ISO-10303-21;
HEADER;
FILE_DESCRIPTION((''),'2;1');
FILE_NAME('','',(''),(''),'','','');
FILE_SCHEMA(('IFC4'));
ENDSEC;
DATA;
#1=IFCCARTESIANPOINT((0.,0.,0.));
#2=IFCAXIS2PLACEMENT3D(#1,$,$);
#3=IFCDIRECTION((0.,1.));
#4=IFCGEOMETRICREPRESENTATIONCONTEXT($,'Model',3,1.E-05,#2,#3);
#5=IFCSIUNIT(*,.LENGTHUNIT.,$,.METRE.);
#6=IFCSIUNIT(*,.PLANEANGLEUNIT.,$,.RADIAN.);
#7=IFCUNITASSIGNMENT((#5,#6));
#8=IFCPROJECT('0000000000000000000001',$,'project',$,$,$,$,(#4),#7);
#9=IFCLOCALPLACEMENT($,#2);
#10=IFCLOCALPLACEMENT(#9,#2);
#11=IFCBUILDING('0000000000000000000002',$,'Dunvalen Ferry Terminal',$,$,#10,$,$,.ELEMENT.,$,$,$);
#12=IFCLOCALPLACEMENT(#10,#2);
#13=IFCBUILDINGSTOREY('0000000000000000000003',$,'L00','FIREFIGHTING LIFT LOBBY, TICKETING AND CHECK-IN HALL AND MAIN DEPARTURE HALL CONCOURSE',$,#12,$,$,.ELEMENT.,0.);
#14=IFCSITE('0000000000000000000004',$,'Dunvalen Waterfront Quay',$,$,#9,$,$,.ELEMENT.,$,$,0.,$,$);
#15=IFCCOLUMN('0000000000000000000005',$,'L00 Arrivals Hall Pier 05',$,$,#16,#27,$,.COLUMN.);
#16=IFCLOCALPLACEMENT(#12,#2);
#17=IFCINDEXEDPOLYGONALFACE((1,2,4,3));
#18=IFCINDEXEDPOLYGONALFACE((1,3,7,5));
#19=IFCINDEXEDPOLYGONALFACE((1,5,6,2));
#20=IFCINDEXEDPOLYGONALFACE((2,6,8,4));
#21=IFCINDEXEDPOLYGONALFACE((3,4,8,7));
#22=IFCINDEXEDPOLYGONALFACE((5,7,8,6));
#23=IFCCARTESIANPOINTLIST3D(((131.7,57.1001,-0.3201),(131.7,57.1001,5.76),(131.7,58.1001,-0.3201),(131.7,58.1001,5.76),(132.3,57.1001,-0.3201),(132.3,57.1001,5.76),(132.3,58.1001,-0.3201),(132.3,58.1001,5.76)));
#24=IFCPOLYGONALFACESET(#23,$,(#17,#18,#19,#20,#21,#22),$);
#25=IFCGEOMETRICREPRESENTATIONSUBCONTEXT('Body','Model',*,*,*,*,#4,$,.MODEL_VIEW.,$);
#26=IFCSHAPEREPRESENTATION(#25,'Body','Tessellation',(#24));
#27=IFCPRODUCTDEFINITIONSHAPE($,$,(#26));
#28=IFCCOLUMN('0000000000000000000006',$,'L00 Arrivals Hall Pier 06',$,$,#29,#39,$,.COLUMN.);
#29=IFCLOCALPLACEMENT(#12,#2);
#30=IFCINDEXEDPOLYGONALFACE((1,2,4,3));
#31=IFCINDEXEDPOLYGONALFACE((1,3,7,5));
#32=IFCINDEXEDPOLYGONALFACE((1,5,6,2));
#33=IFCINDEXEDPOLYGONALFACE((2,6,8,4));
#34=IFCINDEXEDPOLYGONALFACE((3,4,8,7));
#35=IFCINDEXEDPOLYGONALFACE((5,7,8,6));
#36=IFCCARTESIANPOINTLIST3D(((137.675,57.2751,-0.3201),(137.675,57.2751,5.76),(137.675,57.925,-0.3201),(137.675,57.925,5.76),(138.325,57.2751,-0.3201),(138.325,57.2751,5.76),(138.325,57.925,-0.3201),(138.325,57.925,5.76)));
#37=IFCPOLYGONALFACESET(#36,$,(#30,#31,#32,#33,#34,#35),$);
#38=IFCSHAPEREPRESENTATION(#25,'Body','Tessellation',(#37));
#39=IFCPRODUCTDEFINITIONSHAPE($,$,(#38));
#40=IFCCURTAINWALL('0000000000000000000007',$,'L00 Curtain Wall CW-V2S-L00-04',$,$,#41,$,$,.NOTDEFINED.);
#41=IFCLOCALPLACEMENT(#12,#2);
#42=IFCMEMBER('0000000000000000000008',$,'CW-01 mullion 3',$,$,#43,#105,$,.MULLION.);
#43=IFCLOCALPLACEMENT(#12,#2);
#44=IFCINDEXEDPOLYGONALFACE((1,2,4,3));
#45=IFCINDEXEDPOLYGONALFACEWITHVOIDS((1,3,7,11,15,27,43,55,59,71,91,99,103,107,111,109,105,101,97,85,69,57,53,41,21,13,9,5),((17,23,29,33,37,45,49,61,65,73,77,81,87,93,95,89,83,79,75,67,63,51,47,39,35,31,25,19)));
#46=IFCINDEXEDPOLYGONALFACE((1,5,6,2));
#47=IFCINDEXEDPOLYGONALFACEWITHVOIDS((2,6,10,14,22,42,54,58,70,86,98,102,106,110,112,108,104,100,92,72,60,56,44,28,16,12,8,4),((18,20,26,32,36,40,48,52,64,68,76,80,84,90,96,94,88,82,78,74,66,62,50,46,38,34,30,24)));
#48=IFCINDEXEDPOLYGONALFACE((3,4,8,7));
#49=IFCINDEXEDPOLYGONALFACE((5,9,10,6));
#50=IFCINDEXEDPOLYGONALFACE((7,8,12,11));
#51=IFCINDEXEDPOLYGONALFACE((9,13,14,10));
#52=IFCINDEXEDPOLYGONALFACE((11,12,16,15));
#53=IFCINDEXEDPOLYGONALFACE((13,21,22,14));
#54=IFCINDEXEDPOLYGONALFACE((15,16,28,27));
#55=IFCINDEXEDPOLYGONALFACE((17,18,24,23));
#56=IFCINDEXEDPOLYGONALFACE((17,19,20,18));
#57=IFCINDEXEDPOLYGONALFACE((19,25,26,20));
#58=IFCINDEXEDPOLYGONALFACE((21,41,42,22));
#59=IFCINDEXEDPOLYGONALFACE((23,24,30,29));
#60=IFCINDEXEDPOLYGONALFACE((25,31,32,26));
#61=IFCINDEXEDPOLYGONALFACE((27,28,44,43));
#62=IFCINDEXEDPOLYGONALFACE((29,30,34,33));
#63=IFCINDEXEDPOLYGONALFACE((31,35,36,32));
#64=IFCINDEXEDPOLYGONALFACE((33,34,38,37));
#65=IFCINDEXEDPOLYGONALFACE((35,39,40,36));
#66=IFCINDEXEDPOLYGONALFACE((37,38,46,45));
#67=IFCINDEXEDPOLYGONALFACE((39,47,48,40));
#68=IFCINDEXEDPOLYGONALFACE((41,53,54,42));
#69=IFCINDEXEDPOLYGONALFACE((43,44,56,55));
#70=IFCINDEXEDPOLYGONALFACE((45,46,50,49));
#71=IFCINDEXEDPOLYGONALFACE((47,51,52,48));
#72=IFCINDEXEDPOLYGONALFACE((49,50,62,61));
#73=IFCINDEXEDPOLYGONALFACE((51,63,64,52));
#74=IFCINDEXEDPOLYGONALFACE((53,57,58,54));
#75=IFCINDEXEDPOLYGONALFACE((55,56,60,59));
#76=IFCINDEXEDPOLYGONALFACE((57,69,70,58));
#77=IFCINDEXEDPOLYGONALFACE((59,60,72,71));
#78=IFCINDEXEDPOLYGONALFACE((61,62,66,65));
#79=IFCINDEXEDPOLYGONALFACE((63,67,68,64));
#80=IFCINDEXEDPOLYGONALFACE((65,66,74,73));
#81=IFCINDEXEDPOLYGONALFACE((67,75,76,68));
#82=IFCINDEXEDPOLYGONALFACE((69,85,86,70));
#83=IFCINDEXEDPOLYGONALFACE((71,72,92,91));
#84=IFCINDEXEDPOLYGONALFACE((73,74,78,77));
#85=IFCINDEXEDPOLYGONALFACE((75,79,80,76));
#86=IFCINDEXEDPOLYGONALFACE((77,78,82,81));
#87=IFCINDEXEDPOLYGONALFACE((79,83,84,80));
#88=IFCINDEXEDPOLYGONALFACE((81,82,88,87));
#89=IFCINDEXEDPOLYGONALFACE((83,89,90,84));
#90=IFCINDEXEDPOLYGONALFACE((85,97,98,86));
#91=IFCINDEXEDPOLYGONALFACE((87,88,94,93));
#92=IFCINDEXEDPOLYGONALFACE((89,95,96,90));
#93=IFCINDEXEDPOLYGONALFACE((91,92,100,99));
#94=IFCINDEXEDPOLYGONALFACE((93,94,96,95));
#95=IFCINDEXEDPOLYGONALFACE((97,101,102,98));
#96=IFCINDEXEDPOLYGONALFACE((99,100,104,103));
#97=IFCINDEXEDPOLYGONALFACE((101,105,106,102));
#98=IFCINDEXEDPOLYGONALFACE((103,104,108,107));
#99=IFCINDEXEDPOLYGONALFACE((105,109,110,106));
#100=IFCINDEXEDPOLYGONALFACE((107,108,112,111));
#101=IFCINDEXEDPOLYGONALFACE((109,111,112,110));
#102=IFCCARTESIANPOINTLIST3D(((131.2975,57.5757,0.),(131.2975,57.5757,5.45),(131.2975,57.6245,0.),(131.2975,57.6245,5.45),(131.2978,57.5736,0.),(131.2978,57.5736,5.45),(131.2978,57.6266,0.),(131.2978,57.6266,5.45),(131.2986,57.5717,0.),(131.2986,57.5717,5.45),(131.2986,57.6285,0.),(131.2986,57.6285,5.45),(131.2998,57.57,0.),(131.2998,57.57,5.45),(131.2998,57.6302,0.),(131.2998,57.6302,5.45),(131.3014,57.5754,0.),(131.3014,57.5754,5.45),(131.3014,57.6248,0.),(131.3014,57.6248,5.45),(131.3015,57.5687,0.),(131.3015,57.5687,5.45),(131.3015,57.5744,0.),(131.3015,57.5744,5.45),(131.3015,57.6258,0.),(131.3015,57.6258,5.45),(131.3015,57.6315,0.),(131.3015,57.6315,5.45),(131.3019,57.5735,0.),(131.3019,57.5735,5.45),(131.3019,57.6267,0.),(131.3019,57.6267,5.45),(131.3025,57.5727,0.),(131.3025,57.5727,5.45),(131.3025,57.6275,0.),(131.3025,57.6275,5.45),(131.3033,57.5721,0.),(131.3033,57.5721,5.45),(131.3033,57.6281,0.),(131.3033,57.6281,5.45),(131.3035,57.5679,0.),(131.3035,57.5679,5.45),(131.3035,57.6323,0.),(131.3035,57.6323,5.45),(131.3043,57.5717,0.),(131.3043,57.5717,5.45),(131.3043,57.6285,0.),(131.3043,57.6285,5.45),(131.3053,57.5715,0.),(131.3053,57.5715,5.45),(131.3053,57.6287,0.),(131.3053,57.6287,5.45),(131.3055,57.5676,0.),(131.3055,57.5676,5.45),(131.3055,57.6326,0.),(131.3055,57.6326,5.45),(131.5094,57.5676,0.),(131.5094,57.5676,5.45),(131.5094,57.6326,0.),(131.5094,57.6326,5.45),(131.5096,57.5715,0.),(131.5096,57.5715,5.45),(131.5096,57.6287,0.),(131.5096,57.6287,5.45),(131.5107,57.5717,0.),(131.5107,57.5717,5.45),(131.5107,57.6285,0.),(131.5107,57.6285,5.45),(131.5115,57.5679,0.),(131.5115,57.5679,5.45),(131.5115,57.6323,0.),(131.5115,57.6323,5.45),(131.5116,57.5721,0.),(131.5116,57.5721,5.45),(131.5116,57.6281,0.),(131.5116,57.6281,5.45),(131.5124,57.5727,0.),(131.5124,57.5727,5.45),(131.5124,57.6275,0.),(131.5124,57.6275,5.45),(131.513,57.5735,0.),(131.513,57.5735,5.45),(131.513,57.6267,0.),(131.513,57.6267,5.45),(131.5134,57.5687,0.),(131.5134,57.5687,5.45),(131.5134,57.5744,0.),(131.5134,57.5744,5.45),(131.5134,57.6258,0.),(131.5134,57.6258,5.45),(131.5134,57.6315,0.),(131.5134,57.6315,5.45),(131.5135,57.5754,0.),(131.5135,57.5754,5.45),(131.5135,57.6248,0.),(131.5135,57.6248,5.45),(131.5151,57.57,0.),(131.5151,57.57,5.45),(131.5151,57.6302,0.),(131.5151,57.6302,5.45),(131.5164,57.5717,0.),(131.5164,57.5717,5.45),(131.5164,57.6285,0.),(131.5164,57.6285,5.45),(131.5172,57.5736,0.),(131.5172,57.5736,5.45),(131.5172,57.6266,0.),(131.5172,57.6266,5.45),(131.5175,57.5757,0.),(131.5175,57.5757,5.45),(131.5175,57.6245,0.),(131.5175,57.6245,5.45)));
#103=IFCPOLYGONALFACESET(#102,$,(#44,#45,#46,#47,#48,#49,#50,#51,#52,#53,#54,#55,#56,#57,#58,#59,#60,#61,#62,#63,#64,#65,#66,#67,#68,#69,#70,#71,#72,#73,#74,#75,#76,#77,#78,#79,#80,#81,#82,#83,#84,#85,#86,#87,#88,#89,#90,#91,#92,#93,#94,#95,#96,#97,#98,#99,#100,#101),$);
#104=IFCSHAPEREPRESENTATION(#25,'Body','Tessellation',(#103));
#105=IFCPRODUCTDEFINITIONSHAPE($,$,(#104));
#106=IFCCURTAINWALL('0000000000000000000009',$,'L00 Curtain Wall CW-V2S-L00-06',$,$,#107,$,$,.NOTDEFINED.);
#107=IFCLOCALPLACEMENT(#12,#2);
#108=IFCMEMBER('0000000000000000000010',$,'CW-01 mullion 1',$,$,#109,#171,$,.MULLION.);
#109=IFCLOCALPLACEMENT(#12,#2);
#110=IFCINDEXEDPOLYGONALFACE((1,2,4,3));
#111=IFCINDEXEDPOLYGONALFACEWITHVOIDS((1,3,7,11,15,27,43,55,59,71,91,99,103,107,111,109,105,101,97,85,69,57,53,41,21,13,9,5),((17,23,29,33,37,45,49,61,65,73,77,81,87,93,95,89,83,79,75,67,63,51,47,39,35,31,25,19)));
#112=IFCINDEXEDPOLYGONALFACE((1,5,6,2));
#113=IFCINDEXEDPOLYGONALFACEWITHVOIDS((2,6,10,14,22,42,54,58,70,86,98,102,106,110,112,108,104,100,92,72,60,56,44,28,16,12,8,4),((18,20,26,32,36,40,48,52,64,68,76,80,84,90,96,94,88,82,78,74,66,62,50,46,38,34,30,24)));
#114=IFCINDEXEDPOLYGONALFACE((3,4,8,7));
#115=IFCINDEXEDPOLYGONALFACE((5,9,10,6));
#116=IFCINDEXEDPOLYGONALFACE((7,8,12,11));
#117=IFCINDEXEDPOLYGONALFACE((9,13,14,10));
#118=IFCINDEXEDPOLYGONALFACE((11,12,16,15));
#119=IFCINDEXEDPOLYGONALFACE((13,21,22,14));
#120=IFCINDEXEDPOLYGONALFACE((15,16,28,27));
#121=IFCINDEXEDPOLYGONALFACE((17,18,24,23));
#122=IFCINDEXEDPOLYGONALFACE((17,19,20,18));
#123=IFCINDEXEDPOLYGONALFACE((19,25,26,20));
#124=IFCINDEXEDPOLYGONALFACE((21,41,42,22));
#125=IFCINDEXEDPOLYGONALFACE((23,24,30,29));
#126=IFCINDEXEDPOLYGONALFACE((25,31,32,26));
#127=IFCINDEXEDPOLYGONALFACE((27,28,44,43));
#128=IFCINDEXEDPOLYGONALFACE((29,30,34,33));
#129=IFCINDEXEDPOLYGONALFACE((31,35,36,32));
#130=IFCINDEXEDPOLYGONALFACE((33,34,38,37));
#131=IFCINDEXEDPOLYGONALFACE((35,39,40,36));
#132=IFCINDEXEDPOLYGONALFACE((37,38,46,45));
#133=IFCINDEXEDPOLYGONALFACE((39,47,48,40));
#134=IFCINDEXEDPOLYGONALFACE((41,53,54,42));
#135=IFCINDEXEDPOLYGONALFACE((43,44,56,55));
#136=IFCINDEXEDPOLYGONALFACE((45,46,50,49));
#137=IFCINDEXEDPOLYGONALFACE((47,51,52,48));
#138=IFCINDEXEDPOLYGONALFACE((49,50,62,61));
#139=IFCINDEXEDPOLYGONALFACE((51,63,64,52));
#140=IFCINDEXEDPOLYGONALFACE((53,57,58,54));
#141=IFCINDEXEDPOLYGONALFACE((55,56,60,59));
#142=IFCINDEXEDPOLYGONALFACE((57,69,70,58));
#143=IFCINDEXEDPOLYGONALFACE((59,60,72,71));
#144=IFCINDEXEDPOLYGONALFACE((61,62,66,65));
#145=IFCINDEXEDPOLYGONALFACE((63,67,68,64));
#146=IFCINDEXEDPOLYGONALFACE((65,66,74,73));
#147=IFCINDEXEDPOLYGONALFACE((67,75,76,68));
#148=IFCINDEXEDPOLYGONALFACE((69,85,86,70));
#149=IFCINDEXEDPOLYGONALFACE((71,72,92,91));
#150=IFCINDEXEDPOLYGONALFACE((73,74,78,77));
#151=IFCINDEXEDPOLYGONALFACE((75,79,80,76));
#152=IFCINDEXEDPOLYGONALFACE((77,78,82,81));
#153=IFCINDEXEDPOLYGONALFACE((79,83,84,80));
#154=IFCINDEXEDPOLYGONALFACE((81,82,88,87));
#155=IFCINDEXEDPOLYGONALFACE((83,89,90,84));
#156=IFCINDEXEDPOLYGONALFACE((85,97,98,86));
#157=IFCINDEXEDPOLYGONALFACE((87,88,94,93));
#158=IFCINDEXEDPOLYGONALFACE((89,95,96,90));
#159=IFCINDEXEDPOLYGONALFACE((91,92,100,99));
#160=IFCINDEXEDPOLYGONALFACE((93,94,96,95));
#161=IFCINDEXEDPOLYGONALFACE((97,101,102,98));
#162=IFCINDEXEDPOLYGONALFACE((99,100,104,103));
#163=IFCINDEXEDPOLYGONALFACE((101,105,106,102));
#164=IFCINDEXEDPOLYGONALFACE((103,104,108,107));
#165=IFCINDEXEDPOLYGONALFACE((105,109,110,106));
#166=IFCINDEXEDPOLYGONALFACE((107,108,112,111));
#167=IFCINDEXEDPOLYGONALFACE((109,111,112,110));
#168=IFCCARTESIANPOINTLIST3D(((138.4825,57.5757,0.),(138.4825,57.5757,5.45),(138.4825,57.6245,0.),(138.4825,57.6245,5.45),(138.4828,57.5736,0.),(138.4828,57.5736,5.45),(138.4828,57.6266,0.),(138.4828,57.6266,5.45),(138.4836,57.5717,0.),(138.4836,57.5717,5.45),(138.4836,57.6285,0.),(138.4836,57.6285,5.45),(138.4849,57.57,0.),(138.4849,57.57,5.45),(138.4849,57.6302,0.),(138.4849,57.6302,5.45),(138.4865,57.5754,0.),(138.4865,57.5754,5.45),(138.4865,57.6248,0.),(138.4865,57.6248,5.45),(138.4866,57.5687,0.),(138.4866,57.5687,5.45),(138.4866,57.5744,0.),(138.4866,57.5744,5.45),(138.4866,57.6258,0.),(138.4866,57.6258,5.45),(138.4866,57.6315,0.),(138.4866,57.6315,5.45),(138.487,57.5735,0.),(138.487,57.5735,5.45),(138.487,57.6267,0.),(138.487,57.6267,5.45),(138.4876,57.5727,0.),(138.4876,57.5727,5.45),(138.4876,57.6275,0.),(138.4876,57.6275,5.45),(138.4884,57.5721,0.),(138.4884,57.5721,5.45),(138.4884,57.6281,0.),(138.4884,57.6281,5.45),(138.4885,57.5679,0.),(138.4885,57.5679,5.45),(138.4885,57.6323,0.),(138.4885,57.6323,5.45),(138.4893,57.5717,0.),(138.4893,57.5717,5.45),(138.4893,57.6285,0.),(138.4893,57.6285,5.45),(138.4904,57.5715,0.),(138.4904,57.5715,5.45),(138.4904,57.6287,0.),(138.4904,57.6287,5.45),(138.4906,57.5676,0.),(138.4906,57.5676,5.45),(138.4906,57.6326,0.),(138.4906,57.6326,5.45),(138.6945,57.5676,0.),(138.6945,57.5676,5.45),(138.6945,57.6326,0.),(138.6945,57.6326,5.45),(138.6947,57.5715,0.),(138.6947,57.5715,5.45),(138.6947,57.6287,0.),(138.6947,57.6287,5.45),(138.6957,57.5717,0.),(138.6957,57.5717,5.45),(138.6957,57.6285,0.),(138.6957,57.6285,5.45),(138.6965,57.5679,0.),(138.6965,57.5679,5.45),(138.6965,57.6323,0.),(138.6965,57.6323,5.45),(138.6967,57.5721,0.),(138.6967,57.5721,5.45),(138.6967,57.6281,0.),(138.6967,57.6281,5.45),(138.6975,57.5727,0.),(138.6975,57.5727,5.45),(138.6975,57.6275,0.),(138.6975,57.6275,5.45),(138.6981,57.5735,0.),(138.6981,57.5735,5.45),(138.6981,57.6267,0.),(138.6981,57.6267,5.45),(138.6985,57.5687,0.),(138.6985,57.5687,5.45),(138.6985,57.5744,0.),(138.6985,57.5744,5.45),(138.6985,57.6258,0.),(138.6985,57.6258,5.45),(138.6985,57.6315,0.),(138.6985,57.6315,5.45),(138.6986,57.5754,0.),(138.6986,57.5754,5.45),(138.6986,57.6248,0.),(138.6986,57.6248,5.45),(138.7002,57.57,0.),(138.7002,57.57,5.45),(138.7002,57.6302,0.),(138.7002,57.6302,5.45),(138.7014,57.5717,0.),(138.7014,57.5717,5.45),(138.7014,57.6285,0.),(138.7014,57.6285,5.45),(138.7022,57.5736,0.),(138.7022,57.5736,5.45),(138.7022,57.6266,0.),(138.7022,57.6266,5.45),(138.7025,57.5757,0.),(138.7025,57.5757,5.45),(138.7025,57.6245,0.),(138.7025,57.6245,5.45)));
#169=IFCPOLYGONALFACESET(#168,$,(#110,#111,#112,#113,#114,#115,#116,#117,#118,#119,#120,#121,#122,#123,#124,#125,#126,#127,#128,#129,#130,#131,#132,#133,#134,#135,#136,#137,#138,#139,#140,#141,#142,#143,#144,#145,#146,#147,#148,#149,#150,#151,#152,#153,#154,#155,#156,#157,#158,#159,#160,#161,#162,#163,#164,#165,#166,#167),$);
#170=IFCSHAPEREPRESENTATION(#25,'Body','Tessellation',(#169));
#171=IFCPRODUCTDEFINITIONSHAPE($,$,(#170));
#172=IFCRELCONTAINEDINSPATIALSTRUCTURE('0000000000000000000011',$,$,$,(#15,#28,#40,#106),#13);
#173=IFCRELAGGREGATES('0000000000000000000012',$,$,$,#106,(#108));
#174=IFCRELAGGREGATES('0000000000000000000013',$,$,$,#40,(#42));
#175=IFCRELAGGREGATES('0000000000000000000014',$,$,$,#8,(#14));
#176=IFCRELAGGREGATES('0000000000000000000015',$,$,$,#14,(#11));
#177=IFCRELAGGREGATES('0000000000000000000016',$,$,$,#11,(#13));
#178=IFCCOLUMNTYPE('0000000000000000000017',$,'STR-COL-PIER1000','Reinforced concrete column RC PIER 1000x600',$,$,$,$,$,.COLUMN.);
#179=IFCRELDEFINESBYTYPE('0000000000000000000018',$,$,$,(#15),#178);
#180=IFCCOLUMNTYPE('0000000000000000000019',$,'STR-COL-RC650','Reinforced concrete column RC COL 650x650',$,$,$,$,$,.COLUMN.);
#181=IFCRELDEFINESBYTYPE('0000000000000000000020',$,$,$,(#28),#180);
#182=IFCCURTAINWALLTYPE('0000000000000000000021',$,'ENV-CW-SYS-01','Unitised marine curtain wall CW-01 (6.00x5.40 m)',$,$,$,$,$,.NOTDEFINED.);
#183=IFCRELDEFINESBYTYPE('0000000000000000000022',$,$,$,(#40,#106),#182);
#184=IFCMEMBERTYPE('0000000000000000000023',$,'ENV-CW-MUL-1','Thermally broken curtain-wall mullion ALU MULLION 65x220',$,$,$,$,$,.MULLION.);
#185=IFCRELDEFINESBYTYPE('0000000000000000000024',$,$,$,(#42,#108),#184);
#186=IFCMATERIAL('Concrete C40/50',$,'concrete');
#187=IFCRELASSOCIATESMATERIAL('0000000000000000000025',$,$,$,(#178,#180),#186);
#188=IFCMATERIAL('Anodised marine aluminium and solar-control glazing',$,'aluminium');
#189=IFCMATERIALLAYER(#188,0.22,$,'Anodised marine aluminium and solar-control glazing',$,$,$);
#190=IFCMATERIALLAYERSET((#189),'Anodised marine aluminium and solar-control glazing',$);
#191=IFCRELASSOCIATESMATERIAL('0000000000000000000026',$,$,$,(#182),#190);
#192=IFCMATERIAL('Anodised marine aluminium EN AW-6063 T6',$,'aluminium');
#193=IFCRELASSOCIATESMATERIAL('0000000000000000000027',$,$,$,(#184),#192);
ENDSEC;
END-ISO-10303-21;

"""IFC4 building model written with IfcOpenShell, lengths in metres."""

from ifc_helpers import new_model, si_unit, direction, frame, origin, origin_2d, place, context, subcontext, project, spatial, rectangle, hollow_rectangle, extrude, material, layer, layer_set, material_profile, profile_set, type_object, element, aggregate, save


model = new_model("IFC4")

# Units and contexts
model_context = context("Model", 3, precision=1e-05, world=origin(), true_north=direction((0.0, 1.0)))
body_context = subcontext(model_context, "Body", "Model", "MODEL_VIEW")
ifc_project = project(units=[si_unit("LENGTHUNIT", "METRE"), si_unit("PLANEANGLEUNIT", "RADIAN")], contexts=[model_context])

# Site, building, storey
site_placement = place(None, origin())
site = spatial("IfcSite", under=ifc_project, at=site_placement, Name="Dunvalen Waterfront Quay", CompositionType="ELEMENT", RefElevation=0.0)
building_placement = place(site_placement, origin())
building = spatial("IfcBuilding", under=site, at=building_placement, Name="Dunvalen Ferry Terminal", CompositionType="ELEMENT")
storey_placement = place(building_placement, origin())
storey = spatial("IfcBuildingStorey", under=building, at=storey_placement, Name="L00", Description="FIREFIGHTING LIFT LOBBY, TICKETING AND CHECK-IN HALL AND MAIN DEPARTURE HALL CONCOURSE", CompositionType="ELEMENT", Elevation=0.0)

# Shared definitions
ifc_material_1 = material(Name="Concrete C40/50", Category="concrete")

# Columns
ifc_material_profile_1 = material_profile(ifc_material_1, rectangle(XDim=0.6001, YDim=1.0, at=origin_2d()), Name="Concrete C40/50")
ifc_profile_set_1 = profile_set([ifc_material_profile_1], Name="Concrete C40/50")
column_type_1 = type_object("IfcColumnType", Name="STR-COL-PIER1000", Description="Reinforced concrete column RC PIER 1000x600", PredefinedType="COLUMN", material=ifc_profile_set_1)
column_1_placement = place(storey_placement, frame((132.0, 57.6001, -0.3201), z_axis=(0.0, 0.0, 1.0), x_axis=(1.0, 0.0, 0.0)))
element("IfcColumn", 1, at=column_1_placement, inside=storey, type_object=column_type_1, Name="L00 Arrivals Hall Pier 05", PredefinedType="COLUMN", context=body_context, shape_type="SweptSolid", body=[
    extrude(rectangle(XDim=0.6001, YDim=1.0, at=origin_2d()), origin(), (0.0, 0.0, 1.0), 6.0801),
])
ifc_material_profile_2 = material_profile(ifc_material_1, rectangle(XDim=0.6499, YDim=0.6499, at=origin_2d()), Name="Concrete C40/50")
ifc_profile_set_2 = profile_set([ifc_material_profile_2], Name="Concrete C40/50")
column_type_2 = type_object("IfcColumnType", Name="STR-COL-RC650", Description="Reinforced concrete column RC COL 650x650", PredefinedType="COLUMN", material=ifc_profile_set_2)
column_2_placement = place(storey_placement, frame((138.0, 57.6001, -0.3201), z_axis=(0.0, 0.0, 1.0), x_axis=(1.0, 0.0, 0.0)))
element("IfcColumn", 2, at=column_2_placement, inside=storey, type_object=column_type_2, Name="L00 Arrivals Hall Pier 06", PredefinedType="COLUMN", context=body_context, shape_type="SweptSolid", body=[
    extrude(rectangle(XDim=0.6499, YDim=0.6499, at=origin_2d()), origin(), (0.0, 0.0, 1.0), 6.0801),
])

# Curtain wall, member
ifc_material_2 = material(Name="Anodised marine aluminium and solar-control glazing", Category="aluminium")
ifc_layer_1 = layer(ifc_material_2, 0.22, Name="Anodised marine aluminium and solar-control glazing")
ifc_layer_set_1 = layer_set([ifc_layer_1], Name="Anodised marine aluminium and solar-control glazing")
curtain_wall_type = type_object("IfcCurtainWallType", Name="ENV-CW-SYS-01", Description="Unitised marine curtain wall CW-01 (6.00x5.40 m)", PredefinedType="NOTDEFINED", material=ifc_layer_set_1)
curtain_wall_1_placement = place(storey_placement, origin())
curtain_wall_1 = element("IfcCurtainWall", 3, at=curtain_wall_1_placement, inside=storey, type_object=curtain_wall_type, Name="L00 Curtain Wall CW-V2S-L00-04", PredefinedType="NOTDEFINED")
ifc_material_3 = material(Name="Anodised marine aluminium EN AW-6063 T6", Category="aluminium")
ifc_material_profile_3 = material_profile(ifc_material_3, hollow_rectangle(XDim=0.0649, YDim=0.22, WallThickness=0.0039, InnerFilletRadius=0.0039, OuterFilletRadius=0.0081, at=origin_2d()), Name="Anodised marine aluminium EN AW-6063 T6")
ifc_profile_set_3 = profile_set([ifc_material_profile_3], Name="Anodised marine aluminium EN AW-6063 T6")
member_type_1 = type_object("IfcMemberType", Name="ENV-CW-MUL-1", Description="Thermally broken curtain-wall mullion ALU MULLION 65x220", PredefinedType="MULLION", material=ifc_profile_set_3)
member_1_placement = place(storey_placement, frame((131.4075, 57.6001, 0.0), z_axis=(0.0, 0.0, 1.0), x_axis=(0.0, 1.0, 0.0)))
member_1 = element("IfcMember", 4, at=member_1_placement, type_object=member_type_1, Name="CW-01 mullion 3", PredefinedType="MULLION", context=body_context, shape_type="SweptSolid", body=[
    extrude(hollow_rectangle(XDim=0.0649, YDim=0.22, WallThickness=0.0039, InnerFilletRadius=0.0039, OuterFilletRadius=0.0081, at=origin_2d()), origin(), (0.0, 0.0, 1.0), 5.45),
])

# Curtain wall, member
curtain_wall_2_placement = place(storey_placement, origin())
curtain_wall_2 = element("IfcCurtainWall", 5, at=curtain_wall_2_placement, inside=storey, type_object=curtain_wall_type, Name="L00 Curtain Wall CW-V2S-L00-06", PredefinedType="NOTDEFINED")
member_2_placement = place(storey_placement, frame((138.5925, 57.6001, 0.0), z_axis=(0.0, 0.0, 1.0), x_axis=(0.0, 1.0, 0.0)))
member_2 = element("IfcMember", 6, at=member_2_placement, type_object=member_type_1, Name="CW-01 mullion 1", PredefinedType="MULLION", context=body_context, shape_type="SweptSolid", body=[
    extrude(hollow_rectangle(XDim=0.0649, YDim=0.22, WallThickness=0.0039, InnerFilletRadius=0.0039, OuterFilletRadius=0.0081, at=origin_2d()), origin(), (0.0, 0.0, 1.0), 5.45),
])
aggregate(curtain_wall_2, [member_2])

aggregate(curtain_wall_1, [member_1])

save(model, "model.ifc")
